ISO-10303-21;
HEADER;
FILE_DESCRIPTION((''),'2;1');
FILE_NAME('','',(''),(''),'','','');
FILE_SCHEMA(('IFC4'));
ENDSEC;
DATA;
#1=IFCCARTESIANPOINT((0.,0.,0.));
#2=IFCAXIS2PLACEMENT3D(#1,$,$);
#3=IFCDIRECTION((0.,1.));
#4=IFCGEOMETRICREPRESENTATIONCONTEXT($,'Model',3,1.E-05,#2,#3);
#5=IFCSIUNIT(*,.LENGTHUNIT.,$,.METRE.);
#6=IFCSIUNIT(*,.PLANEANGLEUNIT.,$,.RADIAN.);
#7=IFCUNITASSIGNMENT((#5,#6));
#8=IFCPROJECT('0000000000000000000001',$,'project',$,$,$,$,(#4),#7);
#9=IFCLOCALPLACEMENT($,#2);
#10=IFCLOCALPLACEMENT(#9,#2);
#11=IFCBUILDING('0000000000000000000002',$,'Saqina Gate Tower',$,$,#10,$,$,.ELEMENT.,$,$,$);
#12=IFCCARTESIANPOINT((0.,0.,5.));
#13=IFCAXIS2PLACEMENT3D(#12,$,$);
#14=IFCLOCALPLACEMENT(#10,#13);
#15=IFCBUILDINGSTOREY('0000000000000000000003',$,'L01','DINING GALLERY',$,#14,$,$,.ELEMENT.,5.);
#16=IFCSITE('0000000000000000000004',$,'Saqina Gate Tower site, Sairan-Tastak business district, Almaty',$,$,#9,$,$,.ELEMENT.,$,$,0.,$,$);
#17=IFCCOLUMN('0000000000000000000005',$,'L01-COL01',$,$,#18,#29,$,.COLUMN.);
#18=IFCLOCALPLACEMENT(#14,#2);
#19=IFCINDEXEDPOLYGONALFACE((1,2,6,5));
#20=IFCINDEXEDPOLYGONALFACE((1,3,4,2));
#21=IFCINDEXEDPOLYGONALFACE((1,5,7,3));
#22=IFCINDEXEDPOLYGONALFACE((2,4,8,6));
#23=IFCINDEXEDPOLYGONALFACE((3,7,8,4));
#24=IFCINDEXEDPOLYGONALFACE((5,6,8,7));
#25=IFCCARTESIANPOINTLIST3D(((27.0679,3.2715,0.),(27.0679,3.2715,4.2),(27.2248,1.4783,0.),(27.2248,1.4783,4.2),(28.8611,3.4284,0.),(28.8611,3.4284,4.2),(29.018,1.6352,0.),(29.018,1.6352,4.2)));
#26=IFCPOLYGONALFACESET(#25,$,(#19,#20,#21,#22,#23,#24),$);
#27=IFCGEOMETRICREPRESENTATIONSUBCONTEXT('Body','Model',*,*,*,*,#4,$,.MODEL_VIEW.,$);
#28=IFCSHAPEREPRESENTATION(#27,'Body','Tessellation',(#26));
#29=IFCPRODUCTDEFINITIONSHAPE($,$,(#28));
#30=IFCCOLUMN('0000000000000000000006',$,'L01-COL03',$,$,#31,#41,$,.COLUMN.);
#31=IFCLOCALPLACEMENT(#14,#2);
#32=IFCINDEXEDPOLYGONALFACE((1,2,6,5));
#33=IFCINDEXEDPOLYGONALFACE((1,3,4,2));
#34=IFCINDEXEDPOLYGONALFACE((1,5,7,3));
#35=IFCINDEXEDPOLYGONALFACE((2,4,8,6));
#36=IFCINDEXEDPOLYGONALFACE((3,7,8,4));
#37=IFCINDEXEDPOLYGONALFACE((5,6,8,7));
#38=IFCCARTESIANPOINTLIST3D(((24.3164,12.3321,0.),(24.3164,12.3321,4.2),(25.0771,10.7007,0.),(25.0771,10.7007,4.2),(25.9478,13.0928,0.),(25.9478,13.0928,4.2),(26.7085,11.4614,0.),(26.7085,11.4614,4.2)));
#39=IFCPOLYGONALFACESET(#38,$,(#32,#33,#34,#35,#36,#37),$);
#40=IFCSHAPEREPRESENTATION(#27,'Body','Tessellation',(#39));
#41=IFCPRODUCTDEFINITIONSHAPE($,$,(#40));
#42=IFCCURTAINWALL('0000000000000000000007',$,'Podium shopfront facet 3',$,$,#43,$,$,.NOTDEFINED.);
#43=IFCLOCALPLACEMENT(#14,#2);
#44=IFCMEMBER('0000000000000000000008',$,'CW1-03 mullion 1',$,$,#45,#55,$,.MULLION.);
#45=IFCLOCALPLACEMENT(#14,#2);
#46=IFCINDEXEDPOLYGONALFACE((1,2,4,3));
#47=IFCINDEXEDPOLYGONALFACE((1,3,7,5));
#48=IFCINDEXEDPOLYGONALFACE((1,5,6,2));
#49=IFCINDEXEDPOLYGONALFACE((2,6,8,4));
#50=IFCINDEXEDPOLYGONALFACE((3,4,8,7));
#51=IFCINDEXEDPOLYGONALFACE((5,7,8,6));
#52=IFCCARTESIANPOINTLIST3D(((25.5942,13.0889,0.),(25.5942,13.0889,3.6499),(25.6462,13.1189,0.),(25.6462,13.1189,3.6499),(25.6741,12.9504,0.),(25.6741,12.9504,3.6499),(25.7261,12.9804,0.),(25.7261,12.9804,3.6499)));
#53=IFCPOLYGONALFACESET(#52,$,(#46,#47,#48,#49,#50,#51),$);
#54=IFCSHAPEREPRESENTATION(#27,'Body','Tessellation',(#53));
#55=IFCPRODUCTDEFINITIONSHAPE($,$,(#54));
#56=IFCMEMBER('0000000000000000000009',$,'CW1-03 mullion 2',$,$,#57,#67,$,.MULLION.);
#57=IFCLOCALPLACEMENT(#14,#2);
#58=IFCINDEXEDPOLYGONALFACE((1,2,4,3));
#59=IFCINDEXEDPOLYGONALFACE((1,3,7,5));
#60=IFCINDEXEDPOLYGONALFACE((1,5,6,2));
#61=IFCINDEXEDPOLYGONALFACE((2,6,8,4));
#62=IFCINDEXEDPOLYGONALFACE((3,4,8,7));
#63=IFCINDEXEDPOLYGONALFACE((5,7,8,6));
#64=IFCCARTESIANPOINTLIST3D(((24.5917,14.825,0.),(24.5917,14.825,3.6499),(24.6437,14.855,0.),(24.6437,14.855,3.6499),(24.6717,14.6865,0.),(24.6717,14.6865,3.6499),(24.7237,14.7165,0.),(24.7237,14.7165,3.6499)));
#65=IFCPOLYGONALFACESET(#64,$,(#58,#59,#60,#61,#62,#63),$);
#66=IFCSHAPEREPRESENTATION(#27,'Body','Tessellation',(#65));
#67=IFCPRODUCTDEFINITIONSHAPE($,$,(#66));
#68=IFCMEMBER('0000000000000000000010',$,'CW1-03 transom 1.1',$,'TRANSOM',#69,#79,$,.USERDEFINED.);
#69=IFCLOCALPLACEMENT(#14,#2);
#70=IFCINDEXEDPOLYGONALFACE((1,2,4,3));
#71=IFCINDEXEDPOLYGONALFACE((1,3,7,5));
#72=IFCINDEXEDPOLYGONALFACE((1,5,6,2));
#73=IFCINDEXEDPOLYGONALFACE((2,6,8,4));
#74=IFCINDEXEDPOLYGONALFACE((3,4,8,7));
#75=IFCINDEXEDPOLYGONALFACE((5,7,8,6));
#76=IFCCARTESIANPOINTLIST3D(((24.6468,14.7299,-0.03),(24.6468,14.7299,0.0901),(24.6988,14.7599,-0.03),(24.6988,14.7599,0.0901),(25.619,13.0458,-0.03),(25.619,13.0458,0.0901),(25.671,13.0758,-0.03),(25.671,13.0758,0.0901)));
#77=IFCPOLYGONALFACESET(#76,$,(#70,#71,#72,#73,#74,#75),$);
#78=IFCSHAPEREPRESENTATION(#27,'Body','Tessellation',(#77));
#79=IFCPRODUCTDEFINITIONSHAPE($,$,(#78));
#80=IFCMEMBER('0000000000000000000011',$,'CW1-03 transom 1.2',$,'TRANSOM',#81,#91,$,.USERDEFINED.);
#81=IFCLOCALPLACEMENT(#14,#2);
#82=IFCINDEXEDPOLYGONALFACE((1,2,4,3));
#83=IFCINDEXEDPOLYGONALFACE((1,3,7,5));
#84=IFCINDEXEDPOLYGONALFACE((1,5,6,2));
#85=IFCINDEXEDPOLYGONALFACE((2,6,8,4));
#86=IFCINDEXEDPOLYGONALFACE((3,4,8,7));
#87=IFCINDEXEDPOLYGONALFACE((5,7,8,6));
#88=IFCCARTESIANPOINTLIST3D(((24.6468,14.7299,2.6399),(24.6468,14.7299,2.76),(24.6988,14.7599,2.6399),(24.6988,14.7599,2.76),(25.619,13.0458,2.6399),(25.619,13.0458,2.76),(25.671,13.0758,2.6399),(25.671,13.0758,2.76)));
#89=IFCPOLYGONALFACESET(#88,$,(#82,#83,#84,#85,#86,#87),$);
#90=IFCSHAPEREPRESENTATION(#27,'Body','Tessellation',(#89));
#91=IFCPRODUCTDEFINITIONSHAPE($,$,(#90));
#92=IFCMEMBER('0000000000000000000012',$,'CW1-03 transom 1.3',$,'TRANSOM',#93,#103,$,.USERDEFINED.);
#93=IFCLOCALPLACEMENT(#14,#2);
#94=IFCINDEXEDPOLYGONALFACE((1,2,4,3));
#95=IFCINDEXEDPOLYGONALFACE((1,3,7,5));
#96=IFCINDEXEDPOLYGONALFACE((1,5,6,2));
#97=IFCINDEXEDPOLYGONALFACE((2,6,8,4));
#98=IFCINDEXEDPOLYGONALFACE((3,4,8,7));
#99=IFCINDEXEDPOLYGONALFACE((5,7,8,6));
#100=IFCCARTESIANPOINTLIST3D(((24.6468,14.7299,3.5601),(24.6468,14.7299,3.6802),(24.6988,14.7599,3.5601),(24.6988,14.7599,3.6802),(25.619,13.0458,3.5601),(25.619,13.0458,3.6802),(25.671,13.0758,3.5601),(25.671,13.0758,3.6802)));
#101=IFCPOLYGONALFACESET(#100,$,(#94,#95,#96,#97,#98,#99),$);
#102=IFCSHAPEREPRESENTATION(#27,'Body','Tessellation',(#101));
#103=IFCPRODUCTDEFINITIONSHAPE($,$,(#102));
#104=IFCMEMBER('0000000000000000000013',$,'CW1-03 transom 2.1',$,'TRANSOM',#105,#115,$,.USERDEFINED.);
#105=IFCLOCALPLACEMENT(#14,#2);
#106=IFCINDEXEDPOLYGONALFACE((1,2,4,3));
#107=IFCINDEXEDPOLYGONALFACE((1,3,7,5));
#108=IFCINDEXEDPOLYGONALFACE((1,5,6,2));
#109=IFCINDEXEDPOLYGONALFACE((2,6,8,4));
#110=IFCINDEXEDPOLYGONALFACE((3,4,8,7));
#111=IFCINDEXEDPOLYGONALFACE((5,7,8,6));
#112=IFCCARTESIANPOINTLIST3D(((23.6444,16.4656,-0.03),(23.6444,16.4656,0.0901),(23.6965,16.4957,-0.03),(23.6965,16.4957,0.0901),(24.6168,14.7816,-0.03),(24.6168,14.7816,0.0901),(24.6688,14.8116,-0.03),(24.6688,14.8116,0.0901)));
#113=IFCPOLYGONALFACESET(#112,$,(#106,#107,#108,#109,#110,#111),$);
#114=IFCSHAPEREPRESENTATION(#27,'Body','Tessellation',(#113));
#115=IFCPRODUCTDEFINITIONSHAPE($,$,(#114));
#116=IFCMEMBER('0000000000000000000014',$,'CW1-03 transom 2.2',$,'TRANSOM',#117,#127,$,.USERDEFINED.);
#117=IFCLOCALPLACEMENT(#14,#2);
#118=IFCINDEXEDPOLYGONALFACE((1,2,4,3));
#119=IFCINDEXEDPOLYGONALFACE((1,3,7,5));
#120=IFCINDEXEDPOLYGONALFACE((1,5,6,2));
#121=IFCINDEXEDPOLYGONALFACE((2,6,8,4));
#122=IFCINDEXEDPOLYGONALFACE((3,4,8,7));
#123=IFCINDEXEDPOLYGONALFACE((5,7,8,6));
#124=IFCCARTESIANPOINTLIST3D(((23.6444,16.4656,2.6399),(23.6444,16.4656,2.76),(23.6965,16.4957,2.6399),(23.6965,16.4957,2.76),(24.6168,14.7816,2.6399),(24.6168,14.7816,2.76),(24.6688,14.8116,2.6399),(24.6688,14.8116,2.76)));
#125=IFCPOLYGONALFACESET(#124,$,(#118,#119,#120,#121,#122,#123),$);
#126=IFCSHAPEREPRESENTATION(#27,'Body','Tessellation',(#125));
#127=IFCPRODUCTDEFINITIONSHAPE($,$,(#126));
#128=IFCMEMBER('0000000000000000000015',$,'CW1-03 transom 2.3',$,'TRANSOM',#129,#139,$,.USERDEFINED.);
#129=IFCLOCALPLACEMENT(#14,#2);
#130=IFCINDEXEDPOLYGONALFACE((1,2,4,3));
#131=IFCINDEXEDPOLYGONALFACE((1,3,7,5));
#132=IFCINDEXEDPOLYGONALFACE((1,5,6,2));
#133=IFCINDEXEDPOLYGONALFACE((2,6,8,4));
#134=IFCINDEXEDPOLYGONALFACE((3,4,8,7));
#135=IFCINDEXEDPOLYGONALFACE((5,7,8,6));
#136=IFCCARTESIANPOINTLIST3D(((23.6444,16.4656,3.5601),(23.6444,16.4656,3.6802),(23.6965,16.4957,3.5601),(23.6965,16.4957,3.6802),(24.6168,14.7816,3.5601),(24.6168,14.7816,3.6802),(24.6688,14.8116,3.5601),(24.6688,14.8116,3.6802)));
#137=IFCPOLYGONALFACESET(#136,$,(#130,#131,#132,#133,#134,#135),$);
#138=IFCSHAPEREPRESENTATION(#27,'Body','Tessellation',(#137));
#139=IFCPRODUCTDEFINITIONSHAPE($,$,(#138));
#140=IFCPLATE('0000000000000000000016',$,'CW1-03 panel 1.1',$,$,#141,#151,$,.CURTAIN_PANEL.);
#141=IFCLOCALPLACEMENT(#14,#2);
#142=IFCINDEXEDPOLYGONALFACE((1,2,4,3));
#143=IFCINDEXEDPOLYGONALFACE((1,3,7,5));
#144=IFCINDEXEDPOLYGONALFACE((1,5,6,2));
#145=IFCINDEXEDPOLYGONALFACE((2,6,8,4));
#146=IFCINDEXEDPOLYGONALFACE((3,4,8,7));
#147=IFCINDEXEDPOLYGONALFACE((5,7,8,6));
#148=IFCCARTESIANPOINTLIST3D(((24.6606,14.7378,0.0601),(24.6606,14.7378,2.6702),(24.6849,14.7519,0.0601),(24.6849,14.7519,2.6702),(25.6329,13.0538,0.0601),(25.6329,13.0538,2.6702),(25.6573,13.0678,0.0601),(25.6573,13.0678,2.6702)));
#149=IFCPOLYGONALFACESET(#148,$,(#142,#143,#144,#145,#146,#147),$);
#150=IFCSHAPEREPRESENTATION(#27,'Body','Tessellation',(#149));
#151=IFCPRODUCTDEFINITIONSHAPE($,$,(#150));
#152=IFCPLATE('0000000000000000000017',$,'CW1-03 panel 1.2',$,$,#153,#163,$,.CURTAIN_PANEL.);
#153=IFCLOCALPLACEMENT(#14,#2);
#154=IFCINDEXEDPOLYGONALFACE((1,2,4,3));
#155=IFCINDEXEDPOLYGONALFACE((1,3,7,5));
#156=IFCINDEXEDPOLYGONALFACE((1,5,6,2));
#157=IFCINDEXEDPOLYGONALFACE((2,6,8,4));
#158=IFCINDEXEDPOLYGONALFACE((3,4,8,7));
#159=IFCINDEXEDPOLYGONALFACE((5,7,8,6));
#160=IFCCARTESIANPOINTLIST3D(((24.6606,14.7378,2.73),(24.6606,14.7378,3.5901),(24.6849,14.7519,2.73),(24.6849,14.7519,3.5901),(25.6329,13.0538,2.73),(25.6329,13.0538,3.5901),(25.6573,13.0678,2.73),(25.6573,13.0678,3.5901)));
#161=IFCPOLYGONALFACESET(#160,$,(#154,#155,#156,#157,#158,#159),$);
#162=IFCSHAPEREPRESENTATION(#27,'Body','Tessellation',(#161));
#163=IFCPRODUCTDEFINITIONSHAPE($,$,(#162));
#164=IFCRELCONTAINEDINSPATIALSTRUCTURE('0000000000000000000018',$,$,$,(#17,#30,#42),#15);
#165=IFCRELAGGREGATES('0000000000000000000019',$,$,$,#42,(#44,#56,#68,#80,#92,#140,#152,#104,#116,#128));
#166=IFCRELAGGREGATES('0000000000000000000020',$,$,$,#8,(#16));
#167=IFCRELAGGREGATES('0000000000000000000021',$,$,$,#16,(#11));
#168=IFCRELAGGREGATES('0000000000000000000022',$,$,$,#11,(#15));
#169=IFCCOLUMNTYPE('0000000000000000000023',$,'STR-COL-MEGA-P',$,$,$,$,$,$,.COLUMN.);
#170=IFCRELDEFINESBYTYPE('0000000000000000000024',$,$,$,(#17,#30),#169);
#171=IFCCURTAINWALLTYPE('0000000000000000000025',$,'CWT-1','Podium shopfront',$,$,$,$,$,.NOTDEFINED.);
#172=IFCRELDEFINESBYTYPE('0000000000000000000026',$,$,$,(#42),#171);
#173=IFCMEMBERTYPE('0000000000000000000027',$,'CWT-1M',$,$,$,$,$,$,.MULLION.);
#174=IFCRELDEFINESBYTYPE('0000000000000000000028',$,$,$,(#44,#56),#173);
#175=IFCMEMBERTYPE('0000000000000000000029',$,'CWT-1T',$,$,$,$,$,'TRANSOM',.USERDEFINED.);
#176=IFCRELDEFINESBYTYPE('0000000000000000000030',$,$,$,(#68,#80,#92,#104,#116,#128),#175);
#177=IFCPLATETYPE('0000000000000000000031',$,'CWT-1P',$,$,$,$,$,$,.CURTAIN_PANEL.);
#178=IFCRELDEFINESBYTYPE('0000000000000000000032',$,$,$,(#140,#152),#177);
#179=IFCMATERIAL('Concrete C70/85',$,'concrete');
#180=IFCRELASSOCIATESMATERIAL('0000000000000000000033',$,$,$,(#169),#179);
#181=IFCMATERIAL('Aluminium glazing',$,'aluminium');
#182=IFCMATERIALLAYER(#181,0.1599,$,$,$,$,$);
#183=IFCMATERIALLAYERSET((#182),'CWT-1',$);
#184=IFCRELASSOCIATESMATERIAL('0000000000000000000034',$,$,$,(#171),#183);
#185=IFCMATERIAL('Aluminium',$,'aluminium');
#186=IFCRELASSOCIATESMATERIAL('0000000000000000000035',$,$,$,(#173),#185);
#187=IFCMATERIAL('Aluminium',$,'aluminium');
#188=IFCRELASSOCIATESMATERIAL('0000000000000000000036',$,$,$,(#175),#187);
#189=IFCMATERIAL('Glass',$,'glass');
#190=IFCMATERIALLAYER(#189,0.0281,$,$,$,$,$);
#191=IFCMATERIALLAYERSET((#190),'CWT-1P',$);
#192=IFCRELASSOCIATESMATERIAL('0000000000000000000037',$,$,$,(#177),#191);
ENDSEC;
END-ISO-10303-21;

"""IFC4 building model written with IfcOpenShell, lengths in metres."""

from ifc_helpers import new_model, si_unit, direction, frame, origin, origin_2d, place, context, subcontext, project, spatial, rectangle, extrude, material, layer, layer_set, material_profile, profile_set, type_object, element, aggregate, save


model = new_model("IFC4")

# Units and contexts
model_context = context("Model", 3, precision=1e-05, world=origin(), true_north=direction((0.0, 1.0)))
body_context = subcontext(model_context, "Body", "Model", "MODEL_VIEW")
ifc_project = project(units=[si_unit("LENGTHUNIT", "METRE"), si_unit("PLANEANGLEUNIT", "RADIAN")], contexts=[model_context])

# Site, building, storey
site_placement = place(None, origin())
site = spatial("IfcSite", under=ifc_project, at=site_placement, Name="Saqina Gate Tower site, Sairan-Tastak business district, Almaty", CompositionType="ELEMENT", RefElevation=0.0)
building_placement = place(site_placement, origin())
building = spatial("IfcBuilding", under=site, at=building_placement, Name="Saqina Gate Tower", CompositionType="ELEMENT")
storey_placement = place(building_placement, frame((0.0, 0.0, 5.0)))
storey = spatial("IfcBuildingStorey", under=building, at=storey_placement, Name="L01", Description="DINING GALLERY", CompositionType="ELEMENT", Elevation=5.0)

# Columns
ifc_material_1 = material(Name="Concrete C70/85", Category="concrete")
ifc_material_profile_1 = material_profile(ifc_material_1, rectangle(XDim=1.8, YDim=1.8, at=origin_2d()), Name="RC 1800x1800")
ifc_profile_set_1 = profile_set([ifc_material_profile_1], Name="Concrete C70/85")
column_type = type_object("IfcColumnType", Name="STR-COL-MEGA-P", PredefinedType="COLUMN", material=ifc_profile_set_1)
for number, where, z_axis, x_axis, name in (
    (1, (28.043, 2.4534, 0.0), (0.0, 0.0, 1.0), (0.996195, 0.087156, 0.0), "L01-COL01"),
    (2, (25.5125, 11.8967, 0.0), (0.0, 0.0, 1.0), (0.906308, 0.422618, 0.0), "L01-COL03"),
):
    element("IfcColumn", number, at=place(storey_placement, frame(where, z_axis=z_axis, x_axis=x_axis)), inside=storey, type_object=column_type, Name=name, PredefinedType="COLUMN", context=body_context, shape_type="SweptSolid", body=[
        extrude(rectangle(XDim=1.8, YDim=1.8, at=origin_2d()), origin(), (0.0, 0.0, 1.0), 4.2),
    ])

# Curtain wall, members, plates
ifc_material_2 = material(Name="Aluminium glazing", Category="aluminium")
ifc_layer_1 = layer(ifc_material_2, 0.1599)
ifc_layer_set_1 = layer_set([ifc_layer_1], Name="CWT-1")
curtain_wall_type = type_object("IfcCurtainWallType", Name="CWT-1", Description="Podium shopfront", PredefinedType="NOTDEFINED", material=ifc_layer_set_1)
curtain_wall_placement = place(storey_placement, origin())
curtain_wall = element("IfcCurtainWall", 3, at=curtain_wall_placement, inside=storey, type_object=curtain_wall_type, Name="Podium shopfront facet 3", PredefinedType="NOTDEFINED")
ifc_material_3 = material(Name="Aluminium", Category="aluminium")
ifc_material_profile_2 = material_profile(ifc_material_3, rectangle(XDim=0.0601, YDim=0.1599, at=origin_2d()), Name="Aluminium 60x160")
ifc_profile_set_2 = profile_set([ifc_material_profile_2], Name="Aluminium")
member_type_1 = type_object("IfcMemberType", Name="CWT-1M", PredefinedType="MULLION", material=ifc_profile_set_2)
member_1_placement = place(storey_placement, frame((25.6602, 13.0347, 0.0), z_axis=(0.0, 0.0, 1.0), x_axis=(-0.866017, -0.500014, 0.0)))
member_1 = element("IfcMember", 4, at=member_1_placement, type_object=member_type_1, Name="CW1-03 mullion 1", PredefinedType="MULLION", context=body_context, shape_type="SweptSolid", body=[
    extrude(rectangle(XDim=0.0601, YDim=0.1599, at=origin_2d()), origin(), (0.0, 0.0, 1.0), 3.6499),
])
member_2_placement = place(storey_placement, frame((24.6577, 14.7708, 0.0), z_axis=(0.0, 0.0, 1.0), x_axis=(-0.866017, -0.500014, 0.0)))
member_2 = element("IfcMember", 5, at=member_2_placement, type_object=member_type_1, Name="CW1-03 mullion 2", PredefinedType="MULLION", context=body_context, shape_type="SweptSolid", body=[
    extrude(rectangle(XDim=0.0601, YDim=0.1599, at=origin_2d()), origin(), (0.0, 0.0, 1.0), 3.6499),
])
ifc_material_4 = material(Name="Aluminium", Category="aluminium")
ifc_material_profile_3 = material_profile(ifc_material_4, rectangle(XDim=0.0601, YDim=0.1201, at=origin_2d()), Name="Aluminium 60x120")
ifc_profile_set_3 = profile_set([ifc_material_profile_3], Name="Aluminium")
member_type_2 = type_object("IfcMemberType", Name="CWT-1T", ElementType="TRANSOM", PredefinedType="USERDEFINED", material=ifc_profile_set_3)
member_3_placement = place(storey_placement, frame((25.645, 13.0608, 0.03), z_axis=(-0.499947, 0.866056, 0.0), x_axis=(-0.866056, -0.499947, 0.0)))
member_3 = element("IfcMember", 6, at=member_3_placement, type_object=member_type_2, Name="CW1-03 transom 1.1", ObjectType="TRANSOM", PredefinedType="USERDEFINED", context=body_context, shape_type="SweptSolid", body=[
    extrude(rectangle(XDim=0.0601, YDim=0.1201, at=origin_2d()), origin(), (0.0, 0.0, 1.0), 1.9446),
])
member_4_placement = place(storey_placement, frame((25.645, 13.0608, 2.7), z_axis=(-0.499947, 0.866056, 0.0), x_axis=(-0.866056, -0.499947, 0.0)))
member_4 = element("IfcMember", 7, at=member_4_placement, type_object=member_type_2, Name="CW1-03 transom 1.2", ObjectType="TRANSOM", PredefinedType="USERDEFINED", context=body_context, shape_type="SweptSolid", body=[
    extrude(rectangle(XDim=0.0601, YDim=0.1201, at=origin_2d()), origin(), (0.0, 0.0, 1.0), 1.9446),
])
member_5_placement = place(storey_placement, frame((25.645, 13.0608, 3.6201), z_axis=(-0.499947, 0.866056, 0.0), x_axis=(-0.866056, -0.499947, 0.0)))
member_5 = element("IfcMember", 8, at=member_5_placement, type_object=member_type_2, Name="CW1-03 transom 1.3", ObjectType="TRANSOM", PredefinedType="USERDEFINED", context=body_context, shape_type="SweptSolid", body=[
    extrude(rectangle(XDim=0.0601, YDim=0.1201, at=origin_2d()), origin(), (0.0, 0.0, 1.0), 1.9446),
])
member_6_placement = place(storey_placement, frame((24.6428, 14.7966, 0.03), z_axis=(-0.500041, 0.866002, 0.0), x_axis=(-0.866002, -0.500041, 0.0)))
member_6 = element("IfcMember", 9, at=member_6_placement, type_object=member_type_2, Name="CW1-03 transom 2.1", ObjectType="TRANSOM", PredefinedType="USERDEFINED", context=body_context, shape_type="SweptSolid", body=[
    extrude(rectangle(XDim=0.0601, YDim=0.1201, at=origin_2d()), origin(), (0.0, 0.0, 1.0), 1.9446),
])
member_7_placement = place(storey_placement, frame((24.6428, 14.7966, 2.7), z_axis=(-0.500041, 0.866002, 0.0), x_axis=(-0.866002, -0.500041, 0.0)))
member_7 = element("IfcMember", 10, at=member_7_placement, type_object=member_type_2, Name="CW1-03 transom 2.2", ObjectType="TRANSOM", PredefinedType="USERDEFINED", context=body_context, shape_type="SweptSolid", body=[
    extrude(rectangle(XDim=0.0601, YDim=0.1201, at=origin_2d()), origin(), (0.0, 0.0, 1.0), 1.9446),
])
member_8_placement = place(storey_placement, frame((24.6428, 14.7966, 3.6201), z_axis=(-0.500041, 0.866002, 0.0), x_axis=(-0.866002, -0.500041, 0.0)))
member_8 = element("IfcMember", 11, at=member_8_placement, type_object=member_type_2, Name="CW1-03 transom 2.3", ObjectType="TRANSOM", PredefinedType="USERDEFINED", context=body_context, shape_type="SweptSolid", body=[
    extrude(rectangle(XDim=0.0601, YDim=0.1201, at=origin_2d()), origin(), (0.0, 0.0, 1.0), 1.9446),
])
ifc_material_5 = material(Name="Glass", Category="glass")
ifc_layer_2 = layer(ifc_material_5, 0.0281)
ifc_layer_set_2 = layer_set([ifc_layer_2], Name="CWT-1P")
plate_type = type_object("IfcPlateType", Name="CWT-1P", PredefinedType="CURTAIN_PANEL", material=ifc_layer_set_2)
plate_1_placement = place(storey_placement, frame((25.1589, 13.9028, 0.0601), z_axis=(0.0, 0.0, 1.0), x_axis=(-0.500014, 0.866017, 0.0)))
plate_1 = element("IfcPlate", 12, at=plate_1_placement, type_object=plate_type, Name="CW1-03 panel 1.1", PredefinedType="CURTAIN_PANEL", context=body_context, shape_type="SweptSolid", body=[
    extrude(rectangle(XDim=1.9446, YDim=0.0281, at=origin_2d()), origin(), (0.0, 0.0, 1.0), 2.6101),
])
plate_2_placement = place(storey_placement, frame((25.1589, 13.9028, 2.73), z_axis=(0.0, 0.0, 1.0), x_axis=(-0.500014, 0.866017, 0.0)))
plate_2 = element("IfcPlate", 13, at=plate_2_placement, type_object=plate_type, Name="CW1-03 panel 1.2", PredefinedType="CURTAIN_PANEL", context=body_context, shape_type="SweptSolid", body=[
    extrude(rectangle(XDim=1.9446, YDim=0.0281, at=origin_2d()), origin(), (0.0, 0.0, 1.0), 0.8601),
])
aggregate(curtain_wall, [member_1, member_2, member_3, member_4, member_5, plate_1, plate_2, member_6, member_7, member_8])

save(model, "model.ifc")
